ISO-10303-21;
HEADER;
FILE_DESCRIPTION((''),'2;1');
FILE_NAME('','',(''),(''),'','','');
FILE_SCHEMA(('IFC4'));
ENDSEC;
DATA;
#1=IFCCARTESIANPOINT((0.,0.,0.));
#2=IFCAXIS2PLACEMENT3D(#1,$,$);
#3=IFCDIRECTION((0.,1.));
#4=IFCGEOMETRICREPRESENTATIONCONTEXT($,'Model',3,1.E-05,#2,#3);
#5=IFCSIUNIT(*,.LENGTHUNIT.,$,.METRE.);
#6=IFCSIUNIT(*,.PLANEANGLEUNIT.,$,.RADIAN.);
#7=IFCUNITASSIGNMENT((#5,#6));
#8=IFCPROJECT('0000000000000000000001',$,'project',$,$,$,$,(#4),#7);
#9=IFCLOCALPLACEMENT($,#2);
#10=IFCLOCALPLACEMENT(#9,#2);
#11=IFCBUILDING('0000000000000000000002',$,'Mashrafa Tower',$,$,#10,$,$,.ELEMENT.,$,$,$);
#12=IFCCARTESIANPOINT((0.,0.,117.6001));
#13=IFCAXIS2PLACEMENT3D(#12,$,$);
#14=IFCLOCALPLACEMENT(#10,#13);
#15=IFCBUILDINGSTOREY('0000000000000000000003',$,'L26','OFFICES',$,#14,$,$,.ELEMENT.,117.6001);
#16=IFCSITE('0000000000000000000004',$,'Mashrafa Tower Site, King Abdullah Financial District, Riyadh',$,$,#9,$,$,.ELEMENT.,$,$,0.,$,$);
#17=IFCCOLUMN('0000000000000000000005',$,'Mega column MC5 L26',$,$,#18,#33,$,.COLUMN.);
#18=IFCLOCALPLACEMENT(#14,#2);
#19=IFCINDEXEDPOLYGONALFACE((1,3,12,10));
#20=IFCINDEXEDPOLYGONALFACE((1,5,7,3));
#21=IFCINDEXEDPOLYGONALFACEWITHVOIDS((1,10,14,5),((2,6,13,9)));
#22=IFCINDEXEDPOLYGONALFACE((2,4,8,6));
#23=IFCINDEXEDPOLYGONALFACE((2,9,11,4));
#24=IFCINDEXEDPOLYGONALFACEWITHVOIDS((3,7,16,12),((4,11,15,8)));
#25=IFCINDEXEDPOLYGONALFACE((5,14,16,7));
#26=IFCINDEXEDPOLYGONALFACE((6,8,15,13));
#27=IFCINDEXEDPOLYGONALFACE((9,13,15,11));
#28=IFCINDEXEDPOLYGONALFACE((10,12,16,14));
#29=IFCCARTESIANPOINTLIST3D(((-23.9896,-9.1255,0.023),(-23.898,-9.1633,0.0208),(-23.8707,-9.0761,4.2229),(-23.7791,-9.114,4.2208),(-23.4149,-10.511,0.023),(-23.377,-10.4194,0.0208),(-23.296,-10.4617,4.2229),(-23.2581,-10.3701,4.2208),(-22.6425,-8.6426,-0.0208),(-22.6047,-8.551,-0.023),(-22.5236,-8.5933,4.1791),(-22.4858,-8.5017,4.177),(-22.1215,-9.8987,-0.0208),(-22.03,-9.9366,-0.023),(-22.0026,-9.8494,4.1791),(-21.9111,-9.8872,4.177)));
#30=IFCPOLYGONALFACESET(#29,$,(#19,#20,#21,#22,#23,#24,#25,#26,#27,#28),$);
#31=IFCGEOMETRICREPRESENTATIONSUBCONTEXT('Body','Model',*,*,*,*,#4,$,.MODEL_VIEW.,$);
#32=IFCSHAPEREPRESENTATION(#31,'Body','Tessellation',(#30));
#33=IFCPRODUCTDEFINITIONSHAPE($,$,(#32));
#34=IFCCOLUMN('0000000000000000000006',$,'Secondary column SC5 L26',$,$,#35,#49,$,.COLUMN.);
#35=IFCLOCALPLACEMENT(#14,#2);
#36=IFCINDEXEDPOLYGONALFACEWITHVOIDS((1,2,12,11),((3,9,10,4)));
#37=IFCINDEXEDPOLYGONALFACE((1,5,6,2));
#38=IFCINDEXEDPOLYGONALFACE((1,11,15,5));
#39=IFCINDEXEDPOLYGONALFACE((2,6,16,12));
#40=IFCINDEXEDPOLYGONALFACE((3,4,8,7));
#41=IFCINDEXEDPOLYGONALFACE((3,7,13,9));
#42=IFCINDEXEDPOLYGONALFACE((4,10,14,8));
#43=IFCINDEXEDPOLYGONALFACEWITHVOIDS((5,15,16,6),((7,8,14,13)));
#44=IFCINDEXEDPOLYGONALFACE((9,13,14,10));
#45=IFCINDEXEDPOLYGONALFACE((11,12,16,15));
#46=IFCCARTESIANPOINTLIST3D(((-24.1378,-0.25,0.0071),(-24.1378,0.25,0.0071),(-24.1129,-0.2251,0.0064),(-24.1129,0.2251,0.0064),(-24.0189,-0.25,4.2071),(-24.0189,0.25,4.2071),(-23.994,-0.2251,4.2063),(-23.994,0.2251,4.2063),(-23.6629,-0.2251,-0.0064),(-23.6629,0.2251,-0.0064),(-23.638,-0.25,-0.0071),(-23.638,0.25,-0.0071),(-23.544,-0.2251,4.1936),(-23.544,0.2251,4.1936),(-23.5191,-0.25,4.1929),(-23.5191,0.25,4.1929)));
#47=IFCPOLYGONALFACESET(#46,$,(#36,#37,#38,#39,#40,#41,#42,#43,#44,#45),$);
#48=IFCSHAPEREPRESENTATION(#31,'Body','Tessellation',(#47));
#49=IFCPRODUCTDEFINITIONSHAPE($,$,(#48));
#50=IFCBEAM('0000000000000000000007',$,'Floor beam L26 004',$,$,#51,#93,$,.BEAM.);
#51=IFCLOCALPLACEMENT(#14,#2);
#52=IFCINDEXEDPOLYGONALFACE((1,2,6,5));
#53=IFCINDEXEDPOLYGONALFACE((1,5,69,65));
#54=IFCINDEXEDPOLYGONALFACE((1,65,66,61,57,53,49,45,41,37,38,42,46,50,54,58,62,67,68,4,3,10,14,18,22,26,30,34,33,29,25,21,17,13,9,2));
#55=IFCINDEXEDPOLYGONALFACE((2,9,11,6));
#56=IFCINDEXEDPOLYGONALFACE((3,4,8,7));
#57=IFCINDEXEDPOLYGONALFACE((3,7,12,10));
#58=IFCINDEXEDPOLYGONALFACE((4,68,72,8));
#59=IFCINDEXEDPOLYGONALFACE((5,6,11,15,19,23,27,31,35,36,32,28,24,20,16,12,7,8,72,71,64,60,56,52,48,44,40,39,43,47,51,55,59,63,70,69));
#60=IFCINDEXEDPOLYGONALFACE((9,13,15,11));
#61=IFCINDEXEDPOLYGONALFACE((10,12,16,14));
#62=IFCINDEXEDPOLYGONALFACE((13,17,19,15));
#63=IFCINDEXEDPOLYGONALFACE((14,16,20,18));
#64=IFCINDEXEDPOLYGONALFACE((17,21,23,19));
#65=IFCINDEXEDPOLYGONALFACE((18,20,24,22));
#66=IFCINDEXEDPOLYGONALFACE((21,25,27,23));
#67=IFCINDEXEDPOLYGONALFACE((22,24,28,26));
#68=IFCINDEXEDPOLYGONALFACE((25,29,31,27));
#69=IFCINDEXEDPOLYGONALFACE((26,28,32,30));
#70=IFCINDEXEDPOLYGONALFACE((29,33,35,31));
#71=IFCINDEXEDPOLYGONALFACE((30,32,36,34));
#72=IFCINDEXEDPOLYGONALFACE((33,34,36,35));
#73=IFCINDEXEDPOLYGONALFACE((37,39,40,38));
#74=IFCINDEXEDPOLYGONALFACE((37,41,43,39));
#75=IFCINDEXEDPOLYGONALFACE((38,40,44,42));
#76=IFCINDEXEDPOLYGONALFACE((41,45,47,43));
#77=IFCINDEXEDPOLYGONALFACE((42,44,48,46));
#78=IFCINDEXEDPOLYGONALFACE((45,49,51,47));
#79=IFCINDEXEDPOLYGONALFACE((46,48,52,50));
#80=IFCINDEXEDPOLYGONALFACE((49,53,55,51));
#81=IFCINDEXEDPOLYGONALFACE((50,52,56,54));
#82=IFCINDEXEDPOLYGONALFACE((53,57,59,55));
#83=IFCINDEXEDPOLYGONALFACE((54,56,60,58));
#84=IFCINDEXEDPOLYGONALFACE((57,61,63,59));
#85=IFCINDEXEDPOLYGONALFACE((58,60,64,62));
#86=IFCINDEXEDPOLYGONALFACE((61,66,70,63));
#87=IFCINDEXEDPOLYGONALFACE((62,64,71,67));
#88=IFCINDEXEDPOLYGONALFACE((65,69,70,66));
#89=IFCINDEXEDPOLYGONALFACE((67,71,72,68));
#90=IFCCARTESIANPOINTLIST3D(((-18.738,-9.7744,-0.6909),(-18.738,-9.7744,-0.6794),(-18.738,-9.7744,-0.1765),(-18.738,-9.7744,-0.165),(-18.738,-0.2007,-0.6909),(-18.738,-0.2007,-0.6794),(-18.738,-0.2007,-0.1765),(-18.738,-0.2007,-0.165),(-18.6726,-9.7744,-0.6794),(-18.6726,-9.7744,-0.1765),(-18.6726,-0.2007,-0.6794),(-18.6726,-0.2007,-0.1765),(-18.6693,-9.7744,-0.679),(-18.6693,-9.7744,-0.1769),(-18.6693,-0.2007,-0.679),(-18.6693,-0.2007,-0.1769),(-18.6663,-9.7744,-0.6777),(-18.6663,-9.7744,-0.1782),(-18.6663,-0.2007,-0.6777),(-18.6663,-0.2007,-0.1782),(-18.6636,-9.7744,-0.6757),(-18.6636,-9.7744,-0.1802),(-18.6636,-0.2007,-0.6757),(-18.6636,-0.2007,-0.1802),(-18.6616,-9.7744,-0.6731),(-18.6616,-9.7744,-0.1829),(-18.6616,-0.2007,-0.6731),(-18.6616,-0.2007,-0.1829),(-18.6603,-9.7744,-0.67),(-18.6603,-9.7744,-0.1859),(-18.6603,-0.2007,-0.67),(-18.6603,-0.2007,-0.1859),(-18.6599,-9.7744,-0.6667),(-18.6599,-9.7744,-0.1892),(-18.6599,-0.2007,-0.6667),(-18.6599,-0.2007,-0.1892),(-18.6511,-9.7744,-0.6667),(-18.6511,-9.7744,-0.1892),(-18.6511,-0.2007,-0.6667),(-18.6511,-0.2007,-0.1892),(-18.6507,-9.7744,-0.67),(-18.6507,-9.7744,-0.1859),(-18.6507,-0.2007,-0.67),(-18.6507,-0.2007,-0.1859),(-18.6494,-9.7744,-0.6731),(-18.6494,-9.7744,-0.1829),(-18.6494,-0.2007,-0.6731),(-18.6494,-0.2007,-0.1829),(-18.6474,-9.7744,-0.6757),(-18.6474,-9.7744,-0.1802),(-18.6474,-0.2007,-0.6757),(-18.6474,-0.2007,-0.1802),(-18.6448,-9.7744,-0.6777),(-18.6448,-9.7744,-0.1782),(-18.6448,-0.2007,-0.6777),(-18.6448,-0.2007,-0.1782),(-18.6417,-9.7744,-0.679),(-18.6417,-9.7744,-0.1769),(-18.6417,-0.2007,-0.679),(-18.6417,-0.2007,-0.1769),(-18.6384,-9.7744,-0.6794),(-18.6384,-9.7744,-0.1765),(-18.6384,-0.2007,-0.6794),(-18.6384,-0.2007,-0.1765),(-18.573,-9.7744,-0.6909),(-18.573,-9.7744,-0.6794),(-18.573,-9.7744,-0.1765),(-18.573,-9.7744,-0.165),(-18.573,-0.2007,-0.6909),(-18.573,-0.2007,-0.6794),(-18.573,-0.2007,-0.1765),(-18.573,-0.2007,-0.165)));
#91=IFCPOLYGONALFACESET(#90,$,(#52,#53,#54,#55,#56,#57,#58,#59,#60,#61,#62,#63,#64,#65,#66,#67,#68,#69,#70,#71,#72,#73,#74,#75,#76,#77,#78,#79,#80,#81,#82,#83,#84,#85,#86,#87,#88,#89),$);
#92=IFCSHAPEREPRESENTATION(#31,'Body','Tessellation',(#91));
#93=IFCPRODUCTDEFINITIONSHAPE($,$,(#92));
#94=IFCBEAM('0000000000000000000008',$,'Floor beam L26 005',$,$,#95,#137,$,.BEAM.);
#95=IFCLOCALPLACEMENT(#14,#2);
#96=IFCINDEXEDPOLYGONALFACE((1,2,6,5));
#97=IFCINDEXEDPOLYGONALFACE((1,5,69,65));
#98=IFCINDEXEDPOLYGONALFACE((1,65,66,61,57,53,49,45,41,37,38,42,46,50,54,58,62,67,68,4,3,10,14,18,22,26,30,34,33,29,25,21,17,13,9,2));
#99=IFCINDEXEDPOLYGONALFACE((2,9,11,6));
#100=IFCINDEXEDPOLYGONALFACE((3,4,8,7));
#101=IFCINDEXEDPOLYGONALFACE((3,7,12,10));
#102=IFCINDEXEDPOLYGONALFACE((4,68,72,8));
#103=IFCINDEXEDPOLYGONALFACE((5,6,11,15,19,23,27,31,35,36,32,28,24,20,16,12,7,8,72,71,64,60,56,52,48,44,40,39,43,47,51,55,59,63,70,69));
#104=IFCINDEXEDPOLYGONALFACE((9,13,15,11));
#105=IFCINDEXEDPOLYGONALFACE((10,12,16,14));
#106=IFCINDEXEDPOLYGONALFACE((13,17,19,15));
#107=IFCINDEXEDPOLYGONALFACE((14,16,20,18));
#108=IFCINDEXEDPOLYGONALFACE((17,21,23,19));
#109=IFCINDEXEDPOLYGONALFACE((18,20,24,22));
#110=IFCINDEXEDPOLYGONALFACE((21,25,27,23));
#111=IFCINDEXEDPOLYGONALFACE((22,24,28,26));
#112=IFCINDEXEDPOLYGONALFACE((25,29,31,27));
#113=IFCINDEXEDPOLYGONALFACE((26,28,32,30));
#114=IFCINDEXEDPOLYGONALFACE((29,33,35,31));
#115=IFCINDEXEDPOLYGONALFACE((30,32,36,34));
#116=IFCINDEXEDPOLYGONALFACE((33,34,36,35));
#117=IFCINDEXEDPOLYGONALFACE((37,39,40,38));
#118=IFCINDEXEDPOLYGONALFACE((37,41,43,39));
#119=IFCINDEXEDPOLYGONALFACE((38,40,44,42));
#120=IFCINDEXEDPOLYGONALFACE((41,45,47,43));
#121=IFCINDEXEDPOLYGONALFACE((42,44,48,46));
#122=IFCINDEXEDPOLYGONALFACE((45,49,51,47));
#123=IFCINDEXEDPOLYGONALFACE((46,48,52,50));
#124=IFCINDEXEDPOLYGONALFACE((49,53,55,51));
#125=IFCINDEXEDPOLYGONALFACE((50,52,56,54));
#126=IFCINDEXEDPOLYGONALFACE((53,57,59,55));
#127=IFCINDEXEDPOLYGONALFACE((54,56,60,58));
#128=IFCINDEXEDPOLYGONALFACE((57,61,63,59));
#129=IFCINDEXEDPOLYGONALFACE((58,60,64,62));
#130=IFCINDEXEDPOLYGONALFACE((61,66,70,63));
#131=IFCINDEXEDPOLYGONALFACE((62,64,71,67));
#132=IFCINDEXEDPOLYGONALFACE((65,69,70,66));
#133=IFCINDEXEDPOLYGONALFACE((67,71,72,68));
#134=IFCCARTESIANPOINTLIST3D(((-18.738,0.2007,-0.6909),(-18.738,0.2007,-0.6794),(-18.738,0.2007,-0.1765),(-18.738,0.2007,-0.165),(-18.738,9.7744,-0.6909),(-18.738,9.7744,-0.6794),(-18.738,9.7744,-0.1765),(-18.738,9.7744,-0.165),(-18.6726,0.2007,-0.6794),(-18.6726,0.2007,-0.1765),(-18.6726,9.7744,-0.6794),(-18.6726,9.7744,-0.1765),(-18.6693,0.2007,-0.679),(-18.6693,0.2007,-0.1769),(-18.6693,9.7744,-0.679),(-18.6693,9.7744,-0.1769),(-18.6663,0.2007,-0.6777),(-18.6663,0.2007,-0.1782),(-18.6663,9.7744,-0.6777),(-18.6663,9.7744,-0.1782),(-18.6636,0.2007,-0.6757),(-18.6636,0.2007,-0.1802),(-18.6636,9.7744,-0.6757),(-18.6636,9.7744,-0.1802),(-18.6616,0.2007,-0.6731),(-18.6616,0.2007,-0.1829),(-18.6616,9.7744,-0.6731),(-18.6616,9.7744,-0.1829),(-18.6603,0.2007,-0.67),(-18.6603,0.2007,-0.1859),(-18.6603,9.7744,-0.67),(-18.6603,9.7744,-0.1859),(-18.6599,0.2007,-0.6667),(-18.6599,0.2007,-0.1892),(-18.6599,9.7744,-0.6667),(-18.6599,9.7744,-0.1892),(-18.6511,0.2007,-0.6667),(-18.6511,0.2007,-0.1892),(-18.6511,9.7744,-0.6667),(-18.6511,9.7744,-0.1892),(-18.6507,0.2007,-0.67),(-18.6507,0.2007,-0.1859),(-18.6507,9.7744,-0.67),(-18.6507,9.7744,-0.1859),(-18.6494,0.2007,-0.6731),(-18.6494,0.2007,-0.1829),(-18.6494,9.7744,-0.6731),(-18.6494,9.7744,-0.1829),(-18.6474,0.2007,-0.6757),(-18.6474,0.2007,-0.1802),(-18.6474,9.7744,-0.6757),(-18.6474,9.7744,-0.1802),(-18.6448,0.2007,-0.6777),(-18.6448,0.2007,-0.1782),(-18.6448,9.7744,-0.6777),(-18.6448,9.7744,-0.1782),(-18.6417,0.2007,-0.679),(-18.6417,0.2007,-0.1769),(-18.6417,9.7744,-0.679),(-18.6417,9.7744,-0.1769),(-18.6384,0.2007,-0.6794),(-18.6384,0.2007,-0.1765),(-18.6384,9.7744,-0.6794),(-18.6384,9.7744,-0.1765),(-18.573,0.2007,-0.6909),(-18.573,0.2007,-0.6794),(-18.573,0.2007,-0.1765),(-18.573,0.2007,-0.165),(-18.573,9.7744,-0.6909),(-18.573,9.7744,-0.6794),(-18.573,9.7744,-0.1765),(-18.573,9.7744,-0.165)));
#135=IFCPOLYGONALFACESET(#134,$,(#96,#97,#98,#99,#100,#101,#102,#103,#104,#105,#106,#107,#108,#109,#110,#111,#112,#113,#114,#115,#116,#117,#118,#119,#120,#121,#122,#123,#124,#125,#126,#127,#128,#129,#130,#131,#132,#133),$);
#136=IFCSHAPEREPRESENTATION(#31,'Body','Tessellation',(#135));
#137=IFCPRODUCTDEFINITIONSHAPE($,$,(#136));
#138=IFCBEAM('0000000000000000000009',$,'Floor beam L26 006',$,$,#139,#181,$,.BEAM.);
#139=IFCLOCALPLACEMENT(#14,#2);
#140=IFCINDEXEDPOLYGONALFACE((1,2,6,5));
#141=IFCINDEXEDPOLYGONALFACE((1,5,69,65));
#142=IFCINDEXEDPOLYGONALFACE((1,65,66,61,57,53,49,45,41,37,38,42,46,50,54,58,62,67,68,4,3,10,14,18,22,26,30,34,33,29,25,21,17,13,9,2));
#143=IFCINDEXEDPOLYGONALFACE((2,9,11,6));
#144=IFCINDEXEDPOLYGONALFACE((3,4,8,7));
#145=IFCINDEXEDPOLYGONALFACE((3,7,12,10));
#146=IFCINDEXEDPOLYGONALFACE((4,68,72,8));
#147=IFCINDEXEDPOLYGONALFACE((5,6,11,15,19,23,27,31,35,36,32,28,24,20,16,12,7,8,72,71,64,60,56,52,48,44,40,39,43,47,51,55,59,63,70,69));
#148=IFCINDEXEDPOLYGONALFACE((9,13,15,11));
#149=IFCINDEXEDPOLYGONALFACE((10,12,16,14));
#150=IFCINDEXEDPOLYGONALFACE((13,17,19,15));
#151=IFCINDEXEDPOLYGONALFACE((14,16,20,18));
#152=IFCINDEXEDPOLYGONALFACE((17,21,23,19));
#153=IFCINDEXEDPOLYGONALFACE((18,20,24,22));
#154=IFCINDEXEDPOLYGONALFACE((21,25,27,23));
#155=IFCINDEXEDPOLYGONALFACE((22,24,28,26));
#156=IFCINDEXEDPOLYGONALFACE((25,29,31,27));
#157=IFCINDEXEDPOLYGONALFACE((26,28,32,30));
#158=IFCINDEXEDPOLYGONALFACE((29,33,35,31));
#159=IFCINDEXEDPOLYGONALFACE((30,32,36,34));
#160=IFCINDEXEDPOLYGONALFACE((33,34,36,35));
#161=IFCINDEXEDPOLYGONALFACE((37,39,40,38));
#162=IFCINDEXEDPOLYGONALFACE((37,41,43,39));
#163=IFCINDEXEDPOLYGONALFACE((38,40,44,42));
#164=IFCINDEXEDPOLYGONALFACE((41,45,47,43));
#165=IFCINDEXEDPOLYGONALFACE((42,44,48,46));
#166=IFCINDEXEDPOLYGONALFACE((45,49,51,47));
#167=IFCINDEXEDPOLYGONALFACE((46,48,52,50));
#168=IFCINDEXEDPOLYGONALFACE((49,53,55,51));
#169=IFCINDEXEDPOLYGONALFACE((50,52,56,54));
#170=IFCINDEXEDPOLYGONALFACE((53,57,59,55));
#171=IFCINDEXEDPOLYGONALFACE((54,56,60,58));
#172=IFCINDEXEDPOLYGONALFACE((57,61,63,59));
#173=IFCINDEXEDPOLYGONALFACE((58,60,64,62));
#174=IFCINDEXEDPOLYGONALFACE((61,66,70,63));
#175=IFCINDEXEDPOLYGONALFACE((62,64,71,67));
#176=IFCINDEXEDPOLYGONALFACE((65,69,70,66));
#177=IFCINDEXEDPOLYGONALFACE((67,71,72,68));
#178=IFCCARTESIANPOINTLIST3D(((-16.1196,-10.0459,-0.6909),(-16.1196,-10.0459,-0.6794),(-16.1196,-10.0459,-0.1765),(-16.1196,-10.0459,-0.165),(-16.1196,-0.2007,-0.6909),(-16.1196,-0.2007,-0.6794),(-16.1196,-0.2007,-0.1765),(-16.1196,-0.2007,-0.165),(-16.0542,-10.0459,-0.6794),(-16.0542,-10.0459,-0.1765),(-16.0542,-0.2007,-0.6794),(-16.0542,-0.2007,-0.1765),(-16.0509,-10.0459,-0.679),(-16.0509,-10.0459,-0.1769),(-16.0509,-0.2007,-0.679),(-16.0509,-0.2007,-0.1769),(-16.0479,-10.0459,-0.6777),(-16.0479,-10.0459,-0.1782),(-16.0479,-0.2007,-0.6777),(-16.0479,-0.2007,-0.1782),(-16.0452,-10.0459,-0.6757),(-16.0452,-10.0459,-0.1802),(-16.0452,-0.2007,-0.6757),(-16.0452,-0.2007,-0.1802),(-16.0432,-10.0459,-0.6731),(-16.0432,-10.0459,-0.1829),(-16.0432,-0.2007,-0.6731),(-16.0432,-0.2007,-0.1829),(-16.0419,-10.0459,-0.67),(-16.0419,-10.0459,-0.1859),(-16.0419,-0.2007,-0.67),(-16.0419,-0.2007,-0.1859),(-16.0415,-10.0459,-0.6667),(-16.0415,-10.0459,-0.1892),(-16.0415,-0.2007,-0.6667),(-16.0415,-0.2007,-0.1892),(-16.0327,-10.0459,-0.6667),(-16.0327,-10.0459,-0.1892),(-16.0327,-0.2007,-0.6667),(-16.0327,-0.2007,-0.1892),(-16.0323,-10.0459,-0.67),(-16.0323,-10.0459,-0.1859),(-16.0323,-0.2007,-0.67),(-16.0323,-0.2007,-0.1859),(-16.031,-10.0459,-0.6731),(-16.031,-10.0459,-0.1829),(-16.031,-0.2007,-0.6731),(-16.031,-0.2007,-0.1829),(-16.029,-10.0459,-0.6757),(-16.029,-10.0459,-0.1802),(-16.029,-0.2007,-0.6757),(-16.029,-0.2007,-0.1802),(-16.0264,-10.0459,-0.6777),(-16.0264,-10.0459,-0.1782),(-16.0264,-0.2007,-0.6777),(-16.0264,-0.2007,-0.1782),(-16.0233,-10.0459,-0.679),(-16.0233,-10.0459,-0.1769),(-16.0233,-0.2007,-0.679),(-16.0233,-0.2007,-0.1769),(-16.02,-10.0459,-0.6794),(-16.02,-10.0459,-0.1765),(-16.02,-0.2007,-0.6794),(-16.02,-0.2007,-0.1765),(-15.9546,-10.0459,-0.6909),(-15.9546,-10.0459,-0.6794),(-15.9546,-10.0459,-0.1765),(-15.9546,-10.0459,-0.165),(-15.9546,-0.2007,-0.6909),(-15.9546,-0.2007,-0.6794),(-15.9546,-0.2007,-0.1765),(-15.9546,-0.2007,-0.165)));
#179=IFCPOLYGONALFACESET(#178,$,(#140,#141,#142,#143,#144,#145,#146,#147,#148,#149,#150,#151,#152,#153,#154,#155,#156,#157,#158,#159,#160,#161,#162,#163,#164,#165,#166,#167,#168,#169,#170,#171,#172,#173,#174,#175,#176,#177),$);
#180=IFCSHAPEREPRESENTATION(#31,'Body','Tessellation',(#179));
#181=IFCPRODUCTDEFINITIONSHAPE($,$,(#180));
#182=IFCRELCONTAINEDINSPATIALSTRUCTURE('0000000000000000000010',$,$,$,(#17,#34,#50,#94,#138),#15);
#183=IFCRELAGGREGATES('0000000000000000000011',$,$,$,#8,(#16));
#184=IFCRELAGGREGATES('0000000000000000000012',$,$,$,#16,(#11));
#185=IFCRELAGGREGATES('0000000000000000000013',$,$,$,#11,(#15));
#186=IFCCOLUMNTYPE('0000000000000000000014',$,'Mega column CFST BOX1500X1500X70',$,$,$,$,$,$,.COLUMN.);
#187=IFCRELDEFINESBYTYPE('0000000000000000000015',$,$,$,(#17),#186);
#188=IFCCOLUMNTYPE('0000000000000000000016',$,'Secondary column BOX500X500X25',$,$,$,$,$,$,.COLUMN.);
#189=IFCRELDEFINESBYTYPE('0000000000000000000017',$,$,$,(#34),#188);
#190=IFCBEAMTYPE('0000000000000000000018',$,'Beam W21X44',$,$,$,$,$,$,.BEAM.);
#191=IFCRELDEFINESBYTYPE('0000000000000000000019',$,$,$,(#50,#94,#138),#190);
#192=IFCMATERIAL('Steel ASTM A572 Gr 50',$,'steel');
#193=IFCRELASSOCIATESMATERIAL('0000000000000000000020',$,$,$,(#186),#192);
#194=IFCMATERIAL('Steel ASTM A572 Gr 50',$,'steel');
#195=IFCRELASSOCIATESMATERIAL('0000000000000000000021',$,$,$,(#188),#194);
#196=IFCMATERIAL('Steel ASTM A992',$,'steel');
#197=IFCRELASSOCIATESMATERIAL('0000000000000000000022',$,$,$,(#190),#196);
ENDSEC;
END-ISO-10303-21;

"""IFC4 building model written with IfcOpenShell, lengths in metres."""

from ifc_helpers import new_model, si_unit, direction, frame, origin, origin_2d, place, context, subcontext, project, spatial, hollow_rectangle, i_section, extrude, material, material_profile, profile_set, type_object, element, save


model = new_model("IFC4")

# Units and contexts
model_context = context("Model", 3, precision=1e-05, world=origin(), true_north=direction((0.0, 1.0)))
body_context = subcontext(model_context, "Body", "Model", "MODEL_VIEW")
ifc_project = project(units=[si_unit("LENGTHUNIT", "METRE"), si_unit("PLANEANGLEUNIT", "RADIAN")], contexts=[model_context])

# Site, building, storey
site_placement = place(None, origin())
site = spatial("IfcSite", under=ifc_project, at=site_placement, Name="Mashrafa Tower Site, King Abdullah Financial District, Riyadh", CompositionType="ELEMENT", RefElevation=0.0)
building_placement = place(site_placement, origin())
building = spatial("IfcBuilding", under=site, at=building_placement, Name="Mashrafa Tower", CompositionType="ELEMENT")
storey_placement = place(building_placement, frame((0.0, 0.0, 117.6001)))
storey = spatial("IfcBuildingStorey", under=building, at=storey_placement, Name="L26", Description="OFFICES", CompositionType="ELEMENT", Elevation=117.6001)

# Columns
ifc_material_1 = material(Name="Steel ASTM A572 Gr 50", Category="steel")
ifc_material_profile_1 = material_profile(ifc_material_1, hollow_rectangle(XDim=1.5, YDim=1.5, WallThickness=0.0701, at=origin_2d()), Name="BOX1500X1500X70")
ifc_profile_set_1 = profile_set([ifc_material_profile_1], Name="Steel ASTM A572 Gr 50")
column_type_1 = type_object("IfcColumnType", Name="Mega column CFST BOX1500X1500X70", PredefinedType="COLUMN", material=ifc_profile_set_1)
column_1_placement = place(storey_placement, frame((-23.0098, -9.531, 0.0), z_axis=(0.028296, 0.011737, 0.999531), x_axis=(-0.383133, 0.923693, 0.0)))
element("IfcColumn", 1, at=column_1_placement, inside=storey, type_object=column_type_1, Name="Mega column MC5 L26", PredefinedType="COLUMN", context=body_context, shape_type="SweptSolid", body=[
    extrude(hollow_rectangle(XDim=1.5, YDim=1.5, WallThickness=0.0701, at=origin_2d()), origin(), (0.0, 0.0, 1.0), 4.2019),
])
ifc_material_2 = material(Name="Steel ASTM A572 Gr 50", Category="steel")
ifc_material_profile_2 = material_profile(ifc_material_2, hollow_rectangle(XDim=0.5, YDim=0.5, WallThickness=0.0249, at=origin_2d()), Name="BOX500X500X25")
ifc_profile_set_2 = profile_set([ifc_material_profile_2], Name="Steel ASTM A572 Gr 50")
column_type_2 = type_object("IfcColumnType", Name="Secondary column BOX500X500X25", PredefinedType="COLUMN", material=ifc_profile_set_2)
column_2_placement = place(storey_placement, frame((-23.8879, 0.0, 0.0), z_axis=(0.028298, 0.0, 0.9996), x_axis=(0.0, 1.0, 0.0)))
element("IfcColumn", 2, at=column_2_placement, inside=storey, type_object=column_type_2, Name="Secondary column SC5 L26", PredefinedType="COLUMN", context=body_context, shape_type="SweptSolid", body=[
    extrude(hollow_rectangle(XDim=0.5, YDim=0.5, WallThickness=0.0249, at=origin_2d()), origin(), (0.0, 0.0, 1.0), 4.2017),
])

# Beams
ifc_material_3 = material(Name="Steel ASTM A992", Category="steel")
ifc_material_profile_3 = material_profile(ifc_material_3, i_section(OverallWidth=0.165, OverallDepth=0.5259, WebThickness=0.0088, FlangeThickness=0.0115, FilletRadius=0.0127, at=origin_2d()), Name="W21X44")
ifc_profile_set_3 = profile_set([ifc_material_profile_3], Name="Steel ASTM A992")
beam_type_1 = type_object("IfcBeamType", Name="Beam W21X44", PredefinedType="BEAM", material=ifc_profile_set_3)
for number, where, z_axis, x_axis, name in (
    (3, (-18.6555, -9.7744, -0.428), (0.0, 1.0, 0.0), (-1.0, 0.0, 0.0), "Floor beam L26 004"),
    (4, (-18.6555, 0.2007, -0.428), (0.0, 1.0, 0.0), (-1.0, 0.0, 0.0), "Floor beam L26 005"),
):
    element("IfcBeam", number, at=place(storey_placement, frame(where, z_axis=z_axis, x_axis=x_axis)), inside=storey, type_object=beam_type_1, Name=name, PredefinedType="BEAM", context=body_context, shape_type="SweptSolid", body=[
        extrude(i_section(OverallWidth=0.165, OverallDepth=0.5259, WebThickness=0.0088, FlangeThickness=0.0115, FilletRadius=0.0127, at=origin_2d()), origin(), (0.0, 0.0, 1.0), 9.5737),
    ])
for number, where, z_axis, x_axis, name in (
    (5, (-16.0371, -10.0459, -0.428), (0.0, 1.0, 0.0), (-1.0, 0.0, 0.0), "Floor beam L26 006"),
):
    element("IfcBeam", number, at=place(storey_placement, frame(where, z_axis=z_axis, x_axis=x_axis)), inside=storey, type_object=beam_type_1, Name=name, PredefinedType="BEAM", context=body_context, shape_type="SweptSolid", body=[
        extrude(i_section(OverallWidth=0.165, OverallDepth=0.5259, WebThickness=0.0088, FlangeThickness=0.0115, FilletRadius=0.0127, at=origin_2d()), origin(), (0.0, 0.0, 1.0), 9.8452),
    ])

save(model, "model.ifc")
